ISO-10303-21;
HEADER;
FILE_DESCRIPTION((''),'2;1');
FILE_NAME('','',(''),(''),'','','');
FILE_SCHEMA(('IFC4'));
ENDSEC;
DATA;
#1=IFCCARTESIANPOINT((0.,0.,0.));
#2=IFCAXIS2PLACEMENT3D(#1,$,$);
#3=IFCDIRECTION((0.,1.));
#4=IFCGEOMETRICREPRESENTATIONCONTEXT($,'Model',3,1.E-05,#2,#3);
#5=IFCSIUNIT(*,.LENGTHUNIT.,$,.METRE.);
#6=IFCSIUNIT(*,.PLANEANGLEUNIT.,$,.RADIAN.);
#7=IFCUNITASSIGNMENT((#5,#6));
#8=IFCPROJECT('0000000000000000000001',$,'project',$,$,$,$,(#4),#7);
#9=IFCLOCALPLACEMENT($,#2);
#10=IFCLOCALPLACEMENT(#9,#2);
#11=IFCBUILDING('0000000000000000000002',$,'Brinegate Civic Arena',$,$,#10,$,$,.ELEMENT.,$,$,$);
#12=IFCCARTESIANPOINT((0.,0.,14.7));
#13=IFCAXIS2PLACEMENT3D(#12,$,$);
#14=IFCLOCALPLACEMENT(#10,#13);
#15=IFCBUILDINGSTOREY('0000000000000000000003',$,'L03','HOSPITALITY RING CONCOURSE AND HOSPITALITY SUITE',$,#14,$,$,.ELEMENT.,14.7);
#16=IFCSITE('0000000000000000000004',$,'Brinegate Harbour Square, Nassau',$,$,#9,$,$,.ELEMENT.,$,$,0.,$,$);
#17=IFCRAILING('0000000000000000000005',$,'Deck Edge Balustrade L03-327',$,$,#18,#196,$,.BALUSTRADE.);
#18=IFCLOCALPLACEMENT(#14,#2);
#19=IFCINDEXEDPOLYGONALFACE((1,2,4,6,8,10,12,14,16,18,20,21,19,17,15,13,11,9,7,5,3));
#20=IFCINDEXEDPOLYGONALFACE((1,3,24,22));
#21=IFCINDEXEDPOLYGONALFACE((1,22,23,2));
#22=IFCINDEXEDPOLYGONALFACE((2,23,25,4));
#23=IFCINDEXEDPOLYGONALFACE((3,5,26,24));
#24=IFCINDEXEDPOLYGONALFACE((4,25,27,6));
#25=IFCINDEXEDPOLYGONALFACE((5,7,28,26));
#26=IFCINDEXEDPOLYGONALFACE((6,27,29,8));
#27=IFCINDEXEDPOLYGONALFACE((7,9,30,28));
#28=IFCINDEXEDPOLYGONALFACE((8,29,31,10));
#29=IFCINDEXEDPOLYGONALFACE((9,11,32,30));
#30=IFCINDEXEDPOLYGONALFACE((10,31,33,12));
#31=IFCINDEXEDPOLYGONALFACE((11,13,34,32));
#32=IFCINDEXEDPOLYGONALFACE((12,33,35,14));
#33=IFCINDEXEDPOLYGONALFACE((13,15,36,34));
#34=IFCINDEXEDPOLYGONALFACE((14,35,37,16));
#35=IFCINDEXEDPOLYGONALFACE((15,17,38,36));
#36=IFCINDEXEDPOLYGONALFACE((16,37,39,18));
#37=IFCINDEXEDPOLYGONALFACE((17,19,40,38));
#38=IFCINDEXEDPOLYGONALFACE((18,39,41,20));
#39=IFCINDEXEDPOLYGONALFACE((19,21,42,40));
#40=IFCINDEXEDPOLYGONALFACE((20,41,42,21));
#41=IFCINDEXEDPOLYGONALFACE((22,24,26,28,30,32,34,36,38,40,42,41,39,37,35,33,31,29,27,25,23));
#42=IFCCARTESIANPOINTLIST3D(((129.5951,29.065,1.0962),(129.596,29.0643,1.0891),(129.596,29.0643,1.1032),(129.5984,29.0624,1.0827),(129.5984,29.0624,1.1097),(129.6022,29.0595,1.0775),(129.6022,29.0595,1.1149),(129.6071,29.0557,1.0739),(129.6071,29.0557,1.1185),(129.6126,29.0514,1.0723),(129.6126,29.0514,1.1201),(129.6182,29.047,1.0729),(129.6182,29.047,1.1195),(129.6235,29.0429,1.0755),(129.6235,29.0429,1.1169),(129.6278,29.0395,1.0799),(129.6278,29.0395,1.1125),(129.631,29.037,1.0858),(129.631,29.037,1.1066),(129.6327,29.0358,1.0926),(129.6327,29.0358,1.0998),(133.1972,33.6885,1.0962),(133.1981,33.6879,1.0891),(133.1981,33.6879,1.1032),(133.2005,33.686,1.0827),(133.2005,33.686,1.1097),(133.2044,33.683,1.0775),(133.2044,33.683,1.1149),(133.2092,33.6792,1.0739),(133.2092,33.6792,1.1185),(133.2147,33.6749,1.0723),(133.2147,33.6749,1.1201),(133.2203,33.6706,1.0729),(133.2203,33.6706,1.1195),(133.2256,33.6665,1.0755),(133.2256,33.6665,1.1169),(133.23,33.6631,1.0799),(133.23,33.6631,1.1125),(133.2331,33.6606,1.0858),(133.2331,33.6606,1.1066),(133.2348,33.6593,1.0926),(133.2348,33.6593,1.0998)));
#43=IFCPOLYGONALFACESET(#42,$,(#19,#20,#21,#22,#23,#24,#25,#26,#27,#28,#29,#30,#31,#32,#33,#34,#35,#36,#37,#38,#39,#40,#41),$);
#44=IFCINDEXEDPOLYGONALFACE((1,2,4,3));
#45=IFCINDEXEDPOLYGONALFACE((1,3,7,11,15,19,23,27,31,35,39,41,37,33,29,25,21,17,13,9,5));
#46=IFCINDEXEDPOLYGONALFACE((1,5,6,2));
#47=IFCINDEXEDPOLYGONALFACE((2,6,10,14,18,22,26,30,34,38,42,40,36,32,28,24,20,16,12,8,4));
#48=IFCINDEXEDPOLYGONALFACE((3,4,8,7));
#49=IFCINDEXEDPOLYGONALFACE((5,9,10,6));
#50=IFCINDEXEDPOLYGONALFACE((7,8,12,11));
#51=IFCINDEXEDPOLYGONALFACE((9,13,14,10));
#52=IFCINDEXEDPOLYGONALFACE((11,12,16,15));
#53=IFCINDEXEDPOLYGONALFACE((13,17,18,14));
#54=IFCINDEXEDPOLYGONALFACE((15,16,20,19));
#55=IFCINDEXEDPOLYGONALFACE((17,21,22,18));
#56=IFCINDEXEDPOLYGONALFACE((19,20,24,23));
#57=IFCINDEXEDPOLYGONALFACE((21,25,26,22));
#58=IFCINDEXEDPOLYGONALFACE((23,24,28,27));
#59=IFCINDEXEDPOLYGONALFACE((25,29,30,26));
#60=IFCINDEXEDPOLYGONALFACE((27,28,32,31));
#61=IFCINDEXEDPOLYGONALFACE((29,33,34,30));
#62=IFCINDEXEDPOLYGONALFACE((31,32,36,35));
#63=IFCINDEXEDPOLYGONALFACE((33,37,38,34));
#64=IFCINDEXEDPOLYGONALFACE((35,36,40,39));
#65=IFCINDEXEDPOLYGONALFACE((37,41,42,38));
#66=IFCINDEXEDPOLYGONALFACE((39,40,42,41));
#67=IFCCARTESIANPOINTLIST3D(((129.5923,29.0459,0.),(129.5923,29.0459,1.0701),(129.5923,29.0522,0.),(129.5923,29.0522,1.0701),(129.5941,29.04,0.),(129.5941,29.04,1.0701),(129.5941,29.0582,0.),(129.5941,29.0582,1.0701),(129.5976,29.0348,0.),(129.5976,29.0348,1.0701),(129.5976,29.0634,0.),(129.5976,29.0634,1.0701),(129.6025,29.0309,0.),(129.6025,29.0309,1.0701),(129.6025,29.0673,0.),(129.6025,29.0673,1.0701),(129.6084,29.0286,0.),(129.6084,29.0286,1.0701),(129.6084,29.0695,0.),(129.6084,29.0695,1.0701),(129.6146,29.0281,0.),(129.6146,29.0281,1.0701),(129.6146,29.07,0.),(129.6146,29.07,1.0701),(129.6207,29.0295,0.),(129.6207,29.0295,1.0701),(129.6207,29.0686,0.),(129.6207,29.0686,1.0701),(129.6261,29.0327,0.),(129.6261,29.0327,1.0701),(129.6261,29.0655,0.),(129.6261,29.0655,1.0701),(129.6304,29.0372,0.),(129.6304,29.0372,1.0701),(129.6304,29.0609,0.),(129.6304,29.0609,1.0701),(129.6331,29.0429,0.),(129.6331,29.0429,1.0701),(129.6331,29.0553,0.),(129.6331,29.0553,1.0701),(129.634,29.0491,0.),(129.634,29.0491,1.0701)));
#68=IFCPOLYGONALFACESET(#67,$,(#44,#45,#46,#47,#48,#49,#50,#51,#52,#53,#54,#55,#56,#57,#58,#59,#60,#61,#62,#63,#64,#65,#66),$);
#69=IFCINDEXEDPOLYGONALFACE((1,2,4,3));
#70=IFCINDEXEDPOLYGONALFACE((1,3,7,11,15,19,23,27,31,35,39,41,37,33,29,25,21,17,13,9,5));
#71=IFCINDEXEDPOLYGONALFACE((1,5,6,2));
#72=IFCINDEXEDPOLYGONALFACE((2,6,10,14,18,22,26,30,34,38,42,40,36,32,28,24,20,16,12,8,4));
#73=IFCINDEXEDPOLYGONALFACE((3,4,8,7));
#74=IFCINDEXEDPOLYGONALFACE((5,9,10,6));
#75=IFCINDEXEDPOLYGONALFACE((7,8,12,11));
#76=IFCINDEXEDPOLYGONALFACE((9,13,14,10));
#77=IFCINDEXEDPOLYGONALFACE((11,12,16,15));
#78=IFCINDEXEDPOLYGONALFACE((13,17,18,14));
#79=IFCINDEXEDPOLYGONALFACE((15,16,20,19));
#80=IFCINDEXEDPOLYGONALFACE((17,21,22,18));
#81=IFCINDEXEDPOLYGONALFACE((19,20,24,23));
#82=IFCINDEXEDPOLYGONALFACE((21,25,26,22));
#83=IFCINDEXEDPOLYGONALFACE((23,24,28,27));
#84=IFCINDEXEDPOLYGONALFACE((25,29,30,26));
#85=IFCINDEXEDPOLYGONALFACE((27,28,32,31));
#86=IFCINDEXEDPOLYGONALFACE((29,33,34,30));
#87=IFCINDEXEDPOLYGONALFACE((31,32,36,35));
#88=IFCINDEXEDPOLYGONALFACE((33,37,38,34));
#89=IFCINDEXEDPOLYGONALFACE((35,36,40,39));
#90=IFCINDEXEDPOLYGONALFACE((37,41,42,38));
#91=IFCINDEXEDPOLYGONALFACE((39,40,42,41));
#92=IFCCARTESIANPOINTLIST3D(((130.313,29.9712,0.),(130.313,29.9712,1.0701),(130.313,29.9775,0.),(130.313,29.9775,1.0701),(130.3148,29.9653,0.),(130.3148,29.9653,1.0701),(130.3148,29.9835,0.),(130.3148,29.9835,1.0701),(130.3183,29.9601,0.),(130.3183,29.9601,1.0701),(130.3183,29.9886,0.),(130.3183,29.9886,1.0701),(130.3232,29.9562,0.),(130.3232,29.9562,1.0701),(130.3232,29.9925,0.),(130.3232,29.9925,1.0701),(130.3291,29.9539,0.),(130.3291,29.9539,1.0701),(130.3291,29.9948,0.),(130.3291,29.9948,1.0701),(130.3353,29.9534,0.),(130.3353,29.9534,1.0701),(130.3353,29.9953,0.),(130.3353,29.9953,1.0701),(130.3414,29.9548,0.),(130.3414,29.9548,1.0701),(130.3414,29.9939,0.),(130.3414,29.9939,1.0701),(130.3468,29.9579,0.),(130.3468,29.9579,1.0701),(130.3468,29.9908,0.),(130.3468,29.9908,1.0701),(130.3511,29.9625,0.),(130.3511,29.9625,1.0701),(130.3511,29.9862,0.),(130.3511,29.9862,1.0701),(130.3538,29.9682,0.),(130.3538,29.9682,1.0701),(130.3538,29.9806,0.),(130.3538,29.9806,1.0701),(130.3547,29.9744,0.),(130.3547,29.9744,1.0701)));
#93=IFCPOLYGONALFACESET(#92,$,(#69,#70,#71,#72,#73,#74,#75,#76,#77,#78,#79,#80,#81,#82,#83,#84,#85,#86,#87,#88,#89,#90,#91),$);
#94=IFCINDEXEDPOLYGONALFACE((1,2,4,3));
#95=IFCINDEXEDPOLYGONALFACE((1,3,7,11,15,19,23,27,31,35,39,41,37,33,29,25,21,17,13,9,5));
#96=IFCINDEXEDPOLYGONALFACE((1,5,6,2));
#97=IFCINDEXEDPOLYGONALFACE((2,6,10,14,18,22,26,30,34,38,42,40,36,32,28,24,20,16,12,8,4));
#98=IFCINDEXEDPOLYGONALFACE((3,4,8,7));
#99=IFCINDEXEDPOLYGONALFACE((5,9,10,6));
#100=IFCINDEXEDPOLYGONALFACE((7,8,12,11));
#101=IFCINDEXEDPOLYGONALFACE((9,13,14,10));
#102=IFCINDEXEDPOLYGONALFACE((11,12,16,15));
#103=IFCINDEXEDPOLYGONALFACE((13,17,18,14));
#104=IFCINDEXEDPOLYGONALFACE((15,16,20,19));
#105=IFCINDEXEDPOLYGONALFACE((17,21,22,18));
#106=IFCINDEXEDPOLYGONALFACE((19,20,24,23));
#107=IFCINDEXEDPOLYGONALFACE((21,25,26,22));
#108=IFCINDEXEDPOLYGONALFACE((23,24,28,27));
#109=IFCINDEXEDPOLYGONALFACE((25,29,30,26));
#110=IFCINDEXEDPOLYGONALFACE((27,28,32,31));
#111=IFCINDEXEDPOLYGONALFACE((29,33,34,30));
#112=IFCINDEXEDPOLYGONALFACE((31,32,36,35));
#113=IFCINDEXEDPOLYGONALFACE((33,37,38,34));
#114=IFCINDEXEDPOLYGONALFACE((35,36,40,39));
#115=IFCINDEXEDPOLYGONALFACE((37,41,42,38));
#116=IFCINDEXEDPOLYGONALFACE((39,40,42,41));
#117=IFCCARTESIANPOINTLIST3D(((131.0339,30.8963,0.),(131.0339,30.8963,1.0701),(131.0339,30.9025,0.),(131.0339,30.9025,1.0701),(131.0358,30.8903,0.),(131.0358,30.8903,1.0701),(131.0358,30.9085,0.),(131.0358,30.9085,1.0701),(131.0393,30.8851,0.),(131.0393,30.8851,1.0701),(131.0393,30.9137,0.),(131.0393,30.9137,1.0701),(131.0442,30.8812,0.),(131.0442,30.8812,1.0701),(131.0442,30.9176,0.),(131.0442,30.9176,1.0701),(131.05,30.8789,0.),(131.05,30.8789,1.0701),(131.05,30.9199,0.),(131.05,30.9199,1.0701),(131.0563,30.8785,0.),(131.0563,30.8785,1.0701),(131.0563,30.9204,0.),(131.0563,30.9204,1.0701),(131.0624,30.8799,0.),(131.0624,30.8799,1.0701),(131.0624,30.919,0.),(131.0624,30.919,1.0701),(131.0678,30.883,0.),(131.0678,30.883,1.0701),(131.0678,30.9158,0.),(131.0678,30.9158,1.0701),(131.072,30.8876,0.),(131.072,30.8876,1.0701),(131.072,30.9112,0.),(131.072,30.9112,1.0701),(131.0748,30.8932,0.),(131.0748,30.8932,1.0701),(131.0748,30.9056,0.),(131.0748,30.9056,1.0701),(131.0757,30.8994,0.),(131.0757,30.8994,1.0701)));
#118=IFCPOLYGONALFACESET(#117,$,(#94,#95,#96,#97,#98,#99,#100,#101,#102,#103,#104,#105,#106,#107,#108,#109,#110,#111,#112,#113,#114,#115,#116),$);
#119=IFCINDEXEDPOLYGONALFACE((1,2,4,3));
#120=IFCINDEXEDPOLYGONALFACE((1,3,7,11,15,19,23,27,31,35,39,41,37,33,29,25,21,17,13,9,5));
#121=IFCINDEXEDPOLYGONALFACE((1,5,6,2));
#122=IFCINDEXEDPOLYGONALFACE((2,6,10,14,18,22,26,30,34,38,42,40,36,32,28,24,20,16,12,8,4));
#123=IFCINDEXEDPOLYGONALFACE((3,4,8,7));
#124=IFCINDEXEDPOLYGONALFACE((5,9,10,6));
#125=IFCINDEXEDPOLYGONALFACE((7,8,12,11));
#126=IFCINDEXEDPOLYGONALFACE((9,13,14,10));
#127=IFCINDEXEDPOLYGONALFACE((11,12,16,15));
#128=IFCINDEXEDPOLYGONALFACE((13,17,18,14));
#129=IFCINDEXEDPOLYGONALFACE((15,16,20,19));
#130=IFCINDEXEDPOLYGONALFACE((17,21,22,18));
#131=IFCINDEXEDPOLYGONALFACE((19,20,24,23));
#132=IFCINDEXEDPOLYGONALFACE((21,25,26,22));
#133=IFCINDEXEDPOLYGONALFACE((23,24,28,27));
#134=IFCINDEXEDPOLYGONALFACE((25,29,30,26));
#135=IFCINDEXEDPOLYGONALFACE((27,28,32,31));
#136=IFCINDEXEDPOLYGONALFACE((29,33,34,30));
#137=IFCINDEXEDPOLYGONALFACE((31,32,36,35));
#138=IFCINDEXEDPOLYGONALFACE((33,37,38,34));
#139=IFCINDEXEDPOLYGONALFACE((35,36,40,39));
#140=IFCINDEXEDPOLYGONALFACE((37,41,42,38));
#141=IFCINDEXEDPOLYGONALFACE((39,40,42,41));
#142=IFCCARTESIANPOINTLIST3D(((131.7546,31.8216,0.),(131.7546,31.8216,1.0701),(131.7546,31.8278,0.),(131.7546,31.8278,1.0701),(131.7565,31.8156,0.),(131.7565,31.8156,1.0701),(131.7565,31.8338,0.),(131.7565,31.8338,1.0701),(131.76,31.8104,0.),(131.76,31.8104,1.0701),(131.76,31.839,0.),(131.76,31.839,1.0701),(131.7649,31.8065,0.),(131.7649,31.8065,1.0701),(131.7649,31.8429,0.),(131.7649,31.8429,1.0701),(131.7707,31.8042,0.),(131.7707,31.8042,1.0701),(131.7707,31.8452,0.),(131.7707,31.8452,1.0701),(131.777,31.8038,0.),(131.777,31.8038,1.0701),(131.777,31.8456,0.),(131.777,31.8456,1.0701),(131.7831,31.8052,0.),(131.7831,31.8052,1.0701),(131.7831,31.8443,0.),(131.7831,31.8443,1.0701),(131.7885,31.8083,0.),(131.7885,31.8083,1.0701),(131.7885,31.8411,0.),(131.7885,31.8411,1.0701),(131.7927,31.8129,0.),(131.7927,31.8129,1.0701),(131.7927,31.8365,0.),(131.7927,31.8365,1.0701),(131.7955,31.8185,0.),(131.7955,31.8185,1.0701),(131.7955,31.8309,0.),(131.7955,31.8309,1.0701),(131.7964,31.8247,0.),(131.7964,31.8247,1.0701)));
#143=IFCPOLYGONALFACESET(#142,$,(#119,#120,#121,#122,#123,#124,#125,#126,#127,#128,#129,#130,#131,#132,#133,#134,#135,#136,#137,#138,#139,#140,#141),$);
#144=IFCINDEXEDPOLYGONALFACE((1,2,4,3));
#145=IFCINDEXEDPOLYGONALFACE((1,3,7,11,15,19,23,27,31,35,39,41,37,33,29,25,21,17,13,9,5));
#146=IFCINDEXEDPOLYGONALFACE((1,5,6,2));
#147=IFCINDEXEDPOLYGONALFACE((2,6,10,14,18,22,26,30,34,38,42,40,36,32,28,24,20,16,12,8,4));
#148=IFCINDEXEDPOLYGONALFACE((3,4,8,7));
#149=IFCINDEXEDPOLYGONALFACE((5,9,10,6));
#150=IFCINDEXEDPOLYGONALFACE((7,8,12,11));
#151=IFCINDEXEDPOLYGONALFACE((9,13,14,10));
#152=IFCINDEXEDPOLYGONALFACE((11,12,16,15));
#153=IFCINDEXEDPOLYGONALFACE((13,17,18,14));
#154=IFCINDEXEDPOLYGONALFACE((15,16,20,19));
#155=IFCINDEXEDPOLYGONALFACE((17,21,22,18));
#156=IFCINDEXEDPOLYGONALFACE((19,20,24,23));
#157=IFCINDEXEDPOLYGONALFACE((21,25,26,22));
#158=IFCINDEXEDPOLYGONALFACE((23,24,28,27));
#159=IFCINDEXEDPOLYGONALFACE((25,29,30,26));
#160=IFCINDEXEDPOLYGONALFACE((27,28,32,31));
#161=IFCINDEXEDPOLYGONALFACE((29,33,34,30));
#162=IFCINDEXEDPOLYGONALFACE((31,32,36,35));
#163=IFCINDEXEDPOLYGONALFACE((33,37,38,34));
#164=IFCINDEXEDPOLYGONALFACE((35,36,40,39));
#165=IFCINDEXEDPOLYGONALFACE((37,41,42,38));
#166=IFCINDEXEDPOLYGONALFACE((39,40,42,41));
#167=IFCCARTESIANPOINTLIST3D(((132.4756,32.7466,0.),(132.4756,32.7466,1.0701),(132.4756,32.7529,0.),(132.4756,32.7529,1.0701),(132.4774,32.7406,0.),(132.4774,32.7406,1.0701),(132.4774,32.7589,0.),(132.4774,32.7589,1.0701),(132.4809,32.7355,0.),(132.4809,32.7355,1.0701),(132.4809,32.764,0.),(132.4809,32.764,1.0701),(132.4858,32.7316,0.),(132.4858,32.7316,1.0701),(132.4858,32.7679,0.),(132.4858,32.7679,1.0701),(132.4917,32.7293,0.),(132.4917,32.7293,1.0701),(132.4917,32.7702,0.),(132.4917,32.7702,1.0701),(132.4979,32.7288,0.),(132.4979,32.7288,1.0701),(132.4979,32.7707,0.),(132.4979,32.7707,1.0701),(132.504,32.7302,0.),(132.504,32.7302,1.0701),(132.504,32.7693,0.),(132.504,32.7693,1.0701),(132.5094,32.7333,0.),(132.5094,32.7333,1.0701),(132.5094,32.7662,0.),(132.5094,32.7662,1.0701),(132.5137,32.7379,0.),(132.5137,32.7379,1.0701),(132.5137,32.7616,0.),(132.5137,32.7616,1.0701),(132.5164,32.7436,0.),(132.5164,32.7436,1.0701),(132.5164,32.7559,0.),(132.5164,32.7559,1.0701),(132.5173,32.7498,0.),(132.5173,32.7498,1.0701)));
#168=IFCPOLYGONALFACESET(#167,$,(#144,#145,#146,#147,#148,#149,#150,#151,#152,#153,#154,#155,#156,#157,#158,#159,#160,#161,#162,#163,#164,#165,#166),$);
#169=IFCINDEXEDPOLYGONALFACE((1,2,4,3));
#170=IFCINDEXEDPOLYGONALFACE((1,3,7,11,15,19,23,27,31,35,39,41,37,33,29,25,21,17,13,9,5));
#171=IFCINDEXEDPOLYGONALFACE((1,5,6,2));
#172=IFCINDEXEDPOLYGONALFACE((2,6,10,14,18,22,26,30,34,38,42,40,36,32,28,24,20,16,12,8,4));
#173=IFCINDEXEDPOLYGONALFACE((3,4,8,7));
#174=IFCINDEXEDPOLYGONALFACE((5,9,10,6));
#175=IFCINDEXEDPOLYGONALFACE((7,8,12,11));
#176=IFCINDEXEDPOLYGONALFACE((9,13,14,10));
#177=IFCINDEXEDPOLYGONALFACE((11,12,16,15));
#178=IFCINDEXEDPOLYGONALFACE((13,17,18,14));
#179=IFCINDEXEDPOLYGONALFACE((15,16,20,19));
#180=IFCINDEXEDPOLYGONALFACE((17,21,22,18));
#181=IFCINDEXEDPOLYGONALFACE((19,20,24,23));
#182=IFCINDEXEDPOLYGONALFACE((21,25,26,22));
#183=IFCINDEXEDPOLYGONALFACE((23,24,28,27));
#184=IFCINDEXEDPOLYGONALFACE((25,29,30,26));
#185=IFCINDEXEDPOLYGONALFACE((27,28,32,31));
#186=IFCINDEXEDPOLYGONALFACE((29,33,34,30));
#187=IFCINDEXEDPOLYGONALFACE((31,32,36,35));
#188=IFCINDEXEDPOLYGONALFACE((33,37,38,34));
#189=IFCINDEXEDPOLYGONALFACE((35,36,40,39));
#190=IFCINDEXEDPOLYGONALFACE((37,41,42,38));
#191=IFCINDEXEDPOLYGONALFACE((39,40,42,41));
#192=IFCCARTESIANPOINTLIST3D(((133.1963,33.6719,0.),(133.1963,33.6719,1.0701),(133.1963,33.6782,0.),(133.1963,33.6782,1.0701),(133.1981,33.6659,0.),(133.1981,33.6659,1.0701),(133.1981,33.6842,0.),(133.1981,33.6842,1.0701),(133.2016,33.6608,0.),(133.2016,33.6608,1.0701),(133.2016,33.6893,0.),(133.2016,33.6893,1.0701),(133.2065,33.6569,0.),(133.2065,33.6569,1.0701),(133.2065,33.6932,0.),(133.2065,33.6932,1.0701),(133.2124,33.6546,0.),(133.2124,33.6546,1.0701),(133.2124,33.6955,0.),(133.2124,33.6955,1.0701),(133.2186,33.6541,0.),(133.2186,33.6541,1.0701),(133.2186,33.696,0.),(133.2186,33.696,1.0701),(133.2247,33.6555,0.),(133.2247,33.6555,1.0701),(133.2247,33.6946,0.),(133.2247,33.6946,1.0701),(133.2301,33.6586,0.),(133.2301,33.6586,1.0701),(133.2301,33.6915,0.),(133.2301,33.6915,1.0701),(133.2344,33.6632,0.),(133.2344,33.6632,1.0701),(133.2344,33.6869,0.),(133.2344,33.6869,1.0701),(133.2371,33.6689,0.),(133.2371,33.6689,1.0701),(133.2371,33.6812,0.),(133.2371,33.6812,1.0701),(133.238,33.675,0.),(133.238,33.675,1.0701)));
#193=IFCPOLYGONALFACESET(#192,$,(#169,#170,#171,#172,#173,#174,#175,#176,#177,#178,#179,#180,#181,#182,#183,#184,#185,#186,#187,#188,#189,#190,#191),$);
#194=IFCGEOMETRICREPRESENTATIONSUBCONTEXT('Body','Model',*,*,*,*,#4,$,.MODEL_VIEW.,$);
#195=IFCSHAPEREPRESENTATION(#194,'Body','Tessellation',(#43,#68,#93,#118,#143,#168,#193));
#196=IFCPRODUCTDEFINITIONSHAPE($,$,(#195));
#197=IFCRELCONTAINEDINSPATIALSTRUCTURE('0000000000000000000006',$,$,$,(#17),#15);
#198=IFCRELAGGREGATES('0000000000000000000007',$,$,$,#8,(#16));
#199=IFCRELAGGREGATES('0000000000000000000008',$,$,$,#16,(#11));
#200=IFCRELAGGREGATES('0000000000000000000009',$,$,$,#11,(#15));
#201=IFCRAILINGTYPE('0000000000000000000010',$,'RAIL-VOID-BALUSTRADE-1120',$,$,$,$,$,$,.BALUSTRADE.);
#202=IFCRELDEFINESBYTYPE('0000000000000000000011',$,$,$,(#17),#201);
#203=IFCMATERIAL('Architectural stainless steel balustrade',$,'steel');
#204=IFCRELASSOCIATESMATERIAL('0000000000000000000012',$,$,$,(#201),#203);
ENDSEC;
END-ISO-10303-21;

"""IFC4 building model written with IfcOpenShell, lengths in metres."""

from ifc_helpers import new_model, si_unit, direction, frame, origin, origin_2d, place, context, subcontext, project, spatial, circle, extrude, material, type_object, element, save


model = new_model("IFC4")

# Units and contexts
model_context = context("Model", 3, precision=1e-05, world=origin(), true_north=direction((0.0, 1.0)))
body_context = subcontext(model_context, "Body", "Model", "MODEL_VIEW")
ifc_project = project(units=[si_unit("LENGTHUNIT", "METRE"), si_unit("PLANEANGLEUNIT", "RADIAN")], contexts=[model_context])

# Site, building, storey
site_placement = place(None, origin())
site = spatial("IfcSite", under=ifc_project, at=site_placement, Name="Brinegate Harbour Square, Nassau", CompositionType="ELEMENT", RefElevation=0.0)
building_placement = place(site_placement, origin())
building = spatial("IfcBuilding", under=site, at=building_placement, Name="Brinegate Civic Arena", CompositionType="ELEMENT")
storey_placement = place(building_placement, frame((0.0, 0.0, 14.7)))
storey = spatial("IfcBuildingStorey", under=building, at=storey_placement, Name="L03", Description="HOSPITALITY RING CONCOURSE AND HOSPITALITY SUITE", CompositionType="ELEMENT", Elevation=14.7)

# Railing
ifc_material_1 = material(Name="Architectural stainless steel balustrade", Category="steel")
railing_type = type_object("IfcRailingType", Name="RAIL-VOID-BALUSTRADE-1120", PredefinedType="BALUSTRADE", material=ifc_material_1)
railing_1_placement = place(storey_placement, frame((129.613, 29.0491, 0.0)))
element("IfcRailing", 1, at=railing_1_placement, inside=storey, type_object=railing_type, Name="Deck Edge Balustrade L03-327", PredefinedType="BALUSTRADE", context=body_context, shape_type="SweptSolid", body=[
    extrude(circle(Radius=0.0239, at=origin_2d()), frame((0.001, 0.0012, 1.0962), z_axis=(0.61458, 0.788854, 0.0), x_axis=(-0.788854, 0.61458, 0.0)), (0.0, 0.0, 1.0), 5.8611),
    extrude(circle(Radius=0.021, at=origin_2d()), origin(), (0.0, 0.0, 1.0), 1.0701),
    extrude(circle(Radius=0.021, at=origin_2d()), frame((0.7207, 0.9253, 0.0)), (0.0, 0.0, 1.0), 1.0701),
    extrude(circle(Radius=0.021, at=origin_2d()), frame((1.4417, 1.8503, 0.0)), (0.0, 0.0, 1.0), 1.0701),
    extrude(circle(Radius=0.021, at=origin_2d()), frame((2.1624, 2.7756, 0.0)), (0.0, 0.0, 1.0), 1.0701),
    extrude(circle(Radius=0.021, at=origin_2d()), frame((2.8833, 3.7007, 0.0)), (0.0, 0.0, 1.0), 1.0701),
    extrude(circle(Radius=0.021, at=origin_2d()), frame((3.604, 4.626, 0.0)), (0.0, 0.0, 1.0), 1.0701),
])

save(model, "model.ifc")
